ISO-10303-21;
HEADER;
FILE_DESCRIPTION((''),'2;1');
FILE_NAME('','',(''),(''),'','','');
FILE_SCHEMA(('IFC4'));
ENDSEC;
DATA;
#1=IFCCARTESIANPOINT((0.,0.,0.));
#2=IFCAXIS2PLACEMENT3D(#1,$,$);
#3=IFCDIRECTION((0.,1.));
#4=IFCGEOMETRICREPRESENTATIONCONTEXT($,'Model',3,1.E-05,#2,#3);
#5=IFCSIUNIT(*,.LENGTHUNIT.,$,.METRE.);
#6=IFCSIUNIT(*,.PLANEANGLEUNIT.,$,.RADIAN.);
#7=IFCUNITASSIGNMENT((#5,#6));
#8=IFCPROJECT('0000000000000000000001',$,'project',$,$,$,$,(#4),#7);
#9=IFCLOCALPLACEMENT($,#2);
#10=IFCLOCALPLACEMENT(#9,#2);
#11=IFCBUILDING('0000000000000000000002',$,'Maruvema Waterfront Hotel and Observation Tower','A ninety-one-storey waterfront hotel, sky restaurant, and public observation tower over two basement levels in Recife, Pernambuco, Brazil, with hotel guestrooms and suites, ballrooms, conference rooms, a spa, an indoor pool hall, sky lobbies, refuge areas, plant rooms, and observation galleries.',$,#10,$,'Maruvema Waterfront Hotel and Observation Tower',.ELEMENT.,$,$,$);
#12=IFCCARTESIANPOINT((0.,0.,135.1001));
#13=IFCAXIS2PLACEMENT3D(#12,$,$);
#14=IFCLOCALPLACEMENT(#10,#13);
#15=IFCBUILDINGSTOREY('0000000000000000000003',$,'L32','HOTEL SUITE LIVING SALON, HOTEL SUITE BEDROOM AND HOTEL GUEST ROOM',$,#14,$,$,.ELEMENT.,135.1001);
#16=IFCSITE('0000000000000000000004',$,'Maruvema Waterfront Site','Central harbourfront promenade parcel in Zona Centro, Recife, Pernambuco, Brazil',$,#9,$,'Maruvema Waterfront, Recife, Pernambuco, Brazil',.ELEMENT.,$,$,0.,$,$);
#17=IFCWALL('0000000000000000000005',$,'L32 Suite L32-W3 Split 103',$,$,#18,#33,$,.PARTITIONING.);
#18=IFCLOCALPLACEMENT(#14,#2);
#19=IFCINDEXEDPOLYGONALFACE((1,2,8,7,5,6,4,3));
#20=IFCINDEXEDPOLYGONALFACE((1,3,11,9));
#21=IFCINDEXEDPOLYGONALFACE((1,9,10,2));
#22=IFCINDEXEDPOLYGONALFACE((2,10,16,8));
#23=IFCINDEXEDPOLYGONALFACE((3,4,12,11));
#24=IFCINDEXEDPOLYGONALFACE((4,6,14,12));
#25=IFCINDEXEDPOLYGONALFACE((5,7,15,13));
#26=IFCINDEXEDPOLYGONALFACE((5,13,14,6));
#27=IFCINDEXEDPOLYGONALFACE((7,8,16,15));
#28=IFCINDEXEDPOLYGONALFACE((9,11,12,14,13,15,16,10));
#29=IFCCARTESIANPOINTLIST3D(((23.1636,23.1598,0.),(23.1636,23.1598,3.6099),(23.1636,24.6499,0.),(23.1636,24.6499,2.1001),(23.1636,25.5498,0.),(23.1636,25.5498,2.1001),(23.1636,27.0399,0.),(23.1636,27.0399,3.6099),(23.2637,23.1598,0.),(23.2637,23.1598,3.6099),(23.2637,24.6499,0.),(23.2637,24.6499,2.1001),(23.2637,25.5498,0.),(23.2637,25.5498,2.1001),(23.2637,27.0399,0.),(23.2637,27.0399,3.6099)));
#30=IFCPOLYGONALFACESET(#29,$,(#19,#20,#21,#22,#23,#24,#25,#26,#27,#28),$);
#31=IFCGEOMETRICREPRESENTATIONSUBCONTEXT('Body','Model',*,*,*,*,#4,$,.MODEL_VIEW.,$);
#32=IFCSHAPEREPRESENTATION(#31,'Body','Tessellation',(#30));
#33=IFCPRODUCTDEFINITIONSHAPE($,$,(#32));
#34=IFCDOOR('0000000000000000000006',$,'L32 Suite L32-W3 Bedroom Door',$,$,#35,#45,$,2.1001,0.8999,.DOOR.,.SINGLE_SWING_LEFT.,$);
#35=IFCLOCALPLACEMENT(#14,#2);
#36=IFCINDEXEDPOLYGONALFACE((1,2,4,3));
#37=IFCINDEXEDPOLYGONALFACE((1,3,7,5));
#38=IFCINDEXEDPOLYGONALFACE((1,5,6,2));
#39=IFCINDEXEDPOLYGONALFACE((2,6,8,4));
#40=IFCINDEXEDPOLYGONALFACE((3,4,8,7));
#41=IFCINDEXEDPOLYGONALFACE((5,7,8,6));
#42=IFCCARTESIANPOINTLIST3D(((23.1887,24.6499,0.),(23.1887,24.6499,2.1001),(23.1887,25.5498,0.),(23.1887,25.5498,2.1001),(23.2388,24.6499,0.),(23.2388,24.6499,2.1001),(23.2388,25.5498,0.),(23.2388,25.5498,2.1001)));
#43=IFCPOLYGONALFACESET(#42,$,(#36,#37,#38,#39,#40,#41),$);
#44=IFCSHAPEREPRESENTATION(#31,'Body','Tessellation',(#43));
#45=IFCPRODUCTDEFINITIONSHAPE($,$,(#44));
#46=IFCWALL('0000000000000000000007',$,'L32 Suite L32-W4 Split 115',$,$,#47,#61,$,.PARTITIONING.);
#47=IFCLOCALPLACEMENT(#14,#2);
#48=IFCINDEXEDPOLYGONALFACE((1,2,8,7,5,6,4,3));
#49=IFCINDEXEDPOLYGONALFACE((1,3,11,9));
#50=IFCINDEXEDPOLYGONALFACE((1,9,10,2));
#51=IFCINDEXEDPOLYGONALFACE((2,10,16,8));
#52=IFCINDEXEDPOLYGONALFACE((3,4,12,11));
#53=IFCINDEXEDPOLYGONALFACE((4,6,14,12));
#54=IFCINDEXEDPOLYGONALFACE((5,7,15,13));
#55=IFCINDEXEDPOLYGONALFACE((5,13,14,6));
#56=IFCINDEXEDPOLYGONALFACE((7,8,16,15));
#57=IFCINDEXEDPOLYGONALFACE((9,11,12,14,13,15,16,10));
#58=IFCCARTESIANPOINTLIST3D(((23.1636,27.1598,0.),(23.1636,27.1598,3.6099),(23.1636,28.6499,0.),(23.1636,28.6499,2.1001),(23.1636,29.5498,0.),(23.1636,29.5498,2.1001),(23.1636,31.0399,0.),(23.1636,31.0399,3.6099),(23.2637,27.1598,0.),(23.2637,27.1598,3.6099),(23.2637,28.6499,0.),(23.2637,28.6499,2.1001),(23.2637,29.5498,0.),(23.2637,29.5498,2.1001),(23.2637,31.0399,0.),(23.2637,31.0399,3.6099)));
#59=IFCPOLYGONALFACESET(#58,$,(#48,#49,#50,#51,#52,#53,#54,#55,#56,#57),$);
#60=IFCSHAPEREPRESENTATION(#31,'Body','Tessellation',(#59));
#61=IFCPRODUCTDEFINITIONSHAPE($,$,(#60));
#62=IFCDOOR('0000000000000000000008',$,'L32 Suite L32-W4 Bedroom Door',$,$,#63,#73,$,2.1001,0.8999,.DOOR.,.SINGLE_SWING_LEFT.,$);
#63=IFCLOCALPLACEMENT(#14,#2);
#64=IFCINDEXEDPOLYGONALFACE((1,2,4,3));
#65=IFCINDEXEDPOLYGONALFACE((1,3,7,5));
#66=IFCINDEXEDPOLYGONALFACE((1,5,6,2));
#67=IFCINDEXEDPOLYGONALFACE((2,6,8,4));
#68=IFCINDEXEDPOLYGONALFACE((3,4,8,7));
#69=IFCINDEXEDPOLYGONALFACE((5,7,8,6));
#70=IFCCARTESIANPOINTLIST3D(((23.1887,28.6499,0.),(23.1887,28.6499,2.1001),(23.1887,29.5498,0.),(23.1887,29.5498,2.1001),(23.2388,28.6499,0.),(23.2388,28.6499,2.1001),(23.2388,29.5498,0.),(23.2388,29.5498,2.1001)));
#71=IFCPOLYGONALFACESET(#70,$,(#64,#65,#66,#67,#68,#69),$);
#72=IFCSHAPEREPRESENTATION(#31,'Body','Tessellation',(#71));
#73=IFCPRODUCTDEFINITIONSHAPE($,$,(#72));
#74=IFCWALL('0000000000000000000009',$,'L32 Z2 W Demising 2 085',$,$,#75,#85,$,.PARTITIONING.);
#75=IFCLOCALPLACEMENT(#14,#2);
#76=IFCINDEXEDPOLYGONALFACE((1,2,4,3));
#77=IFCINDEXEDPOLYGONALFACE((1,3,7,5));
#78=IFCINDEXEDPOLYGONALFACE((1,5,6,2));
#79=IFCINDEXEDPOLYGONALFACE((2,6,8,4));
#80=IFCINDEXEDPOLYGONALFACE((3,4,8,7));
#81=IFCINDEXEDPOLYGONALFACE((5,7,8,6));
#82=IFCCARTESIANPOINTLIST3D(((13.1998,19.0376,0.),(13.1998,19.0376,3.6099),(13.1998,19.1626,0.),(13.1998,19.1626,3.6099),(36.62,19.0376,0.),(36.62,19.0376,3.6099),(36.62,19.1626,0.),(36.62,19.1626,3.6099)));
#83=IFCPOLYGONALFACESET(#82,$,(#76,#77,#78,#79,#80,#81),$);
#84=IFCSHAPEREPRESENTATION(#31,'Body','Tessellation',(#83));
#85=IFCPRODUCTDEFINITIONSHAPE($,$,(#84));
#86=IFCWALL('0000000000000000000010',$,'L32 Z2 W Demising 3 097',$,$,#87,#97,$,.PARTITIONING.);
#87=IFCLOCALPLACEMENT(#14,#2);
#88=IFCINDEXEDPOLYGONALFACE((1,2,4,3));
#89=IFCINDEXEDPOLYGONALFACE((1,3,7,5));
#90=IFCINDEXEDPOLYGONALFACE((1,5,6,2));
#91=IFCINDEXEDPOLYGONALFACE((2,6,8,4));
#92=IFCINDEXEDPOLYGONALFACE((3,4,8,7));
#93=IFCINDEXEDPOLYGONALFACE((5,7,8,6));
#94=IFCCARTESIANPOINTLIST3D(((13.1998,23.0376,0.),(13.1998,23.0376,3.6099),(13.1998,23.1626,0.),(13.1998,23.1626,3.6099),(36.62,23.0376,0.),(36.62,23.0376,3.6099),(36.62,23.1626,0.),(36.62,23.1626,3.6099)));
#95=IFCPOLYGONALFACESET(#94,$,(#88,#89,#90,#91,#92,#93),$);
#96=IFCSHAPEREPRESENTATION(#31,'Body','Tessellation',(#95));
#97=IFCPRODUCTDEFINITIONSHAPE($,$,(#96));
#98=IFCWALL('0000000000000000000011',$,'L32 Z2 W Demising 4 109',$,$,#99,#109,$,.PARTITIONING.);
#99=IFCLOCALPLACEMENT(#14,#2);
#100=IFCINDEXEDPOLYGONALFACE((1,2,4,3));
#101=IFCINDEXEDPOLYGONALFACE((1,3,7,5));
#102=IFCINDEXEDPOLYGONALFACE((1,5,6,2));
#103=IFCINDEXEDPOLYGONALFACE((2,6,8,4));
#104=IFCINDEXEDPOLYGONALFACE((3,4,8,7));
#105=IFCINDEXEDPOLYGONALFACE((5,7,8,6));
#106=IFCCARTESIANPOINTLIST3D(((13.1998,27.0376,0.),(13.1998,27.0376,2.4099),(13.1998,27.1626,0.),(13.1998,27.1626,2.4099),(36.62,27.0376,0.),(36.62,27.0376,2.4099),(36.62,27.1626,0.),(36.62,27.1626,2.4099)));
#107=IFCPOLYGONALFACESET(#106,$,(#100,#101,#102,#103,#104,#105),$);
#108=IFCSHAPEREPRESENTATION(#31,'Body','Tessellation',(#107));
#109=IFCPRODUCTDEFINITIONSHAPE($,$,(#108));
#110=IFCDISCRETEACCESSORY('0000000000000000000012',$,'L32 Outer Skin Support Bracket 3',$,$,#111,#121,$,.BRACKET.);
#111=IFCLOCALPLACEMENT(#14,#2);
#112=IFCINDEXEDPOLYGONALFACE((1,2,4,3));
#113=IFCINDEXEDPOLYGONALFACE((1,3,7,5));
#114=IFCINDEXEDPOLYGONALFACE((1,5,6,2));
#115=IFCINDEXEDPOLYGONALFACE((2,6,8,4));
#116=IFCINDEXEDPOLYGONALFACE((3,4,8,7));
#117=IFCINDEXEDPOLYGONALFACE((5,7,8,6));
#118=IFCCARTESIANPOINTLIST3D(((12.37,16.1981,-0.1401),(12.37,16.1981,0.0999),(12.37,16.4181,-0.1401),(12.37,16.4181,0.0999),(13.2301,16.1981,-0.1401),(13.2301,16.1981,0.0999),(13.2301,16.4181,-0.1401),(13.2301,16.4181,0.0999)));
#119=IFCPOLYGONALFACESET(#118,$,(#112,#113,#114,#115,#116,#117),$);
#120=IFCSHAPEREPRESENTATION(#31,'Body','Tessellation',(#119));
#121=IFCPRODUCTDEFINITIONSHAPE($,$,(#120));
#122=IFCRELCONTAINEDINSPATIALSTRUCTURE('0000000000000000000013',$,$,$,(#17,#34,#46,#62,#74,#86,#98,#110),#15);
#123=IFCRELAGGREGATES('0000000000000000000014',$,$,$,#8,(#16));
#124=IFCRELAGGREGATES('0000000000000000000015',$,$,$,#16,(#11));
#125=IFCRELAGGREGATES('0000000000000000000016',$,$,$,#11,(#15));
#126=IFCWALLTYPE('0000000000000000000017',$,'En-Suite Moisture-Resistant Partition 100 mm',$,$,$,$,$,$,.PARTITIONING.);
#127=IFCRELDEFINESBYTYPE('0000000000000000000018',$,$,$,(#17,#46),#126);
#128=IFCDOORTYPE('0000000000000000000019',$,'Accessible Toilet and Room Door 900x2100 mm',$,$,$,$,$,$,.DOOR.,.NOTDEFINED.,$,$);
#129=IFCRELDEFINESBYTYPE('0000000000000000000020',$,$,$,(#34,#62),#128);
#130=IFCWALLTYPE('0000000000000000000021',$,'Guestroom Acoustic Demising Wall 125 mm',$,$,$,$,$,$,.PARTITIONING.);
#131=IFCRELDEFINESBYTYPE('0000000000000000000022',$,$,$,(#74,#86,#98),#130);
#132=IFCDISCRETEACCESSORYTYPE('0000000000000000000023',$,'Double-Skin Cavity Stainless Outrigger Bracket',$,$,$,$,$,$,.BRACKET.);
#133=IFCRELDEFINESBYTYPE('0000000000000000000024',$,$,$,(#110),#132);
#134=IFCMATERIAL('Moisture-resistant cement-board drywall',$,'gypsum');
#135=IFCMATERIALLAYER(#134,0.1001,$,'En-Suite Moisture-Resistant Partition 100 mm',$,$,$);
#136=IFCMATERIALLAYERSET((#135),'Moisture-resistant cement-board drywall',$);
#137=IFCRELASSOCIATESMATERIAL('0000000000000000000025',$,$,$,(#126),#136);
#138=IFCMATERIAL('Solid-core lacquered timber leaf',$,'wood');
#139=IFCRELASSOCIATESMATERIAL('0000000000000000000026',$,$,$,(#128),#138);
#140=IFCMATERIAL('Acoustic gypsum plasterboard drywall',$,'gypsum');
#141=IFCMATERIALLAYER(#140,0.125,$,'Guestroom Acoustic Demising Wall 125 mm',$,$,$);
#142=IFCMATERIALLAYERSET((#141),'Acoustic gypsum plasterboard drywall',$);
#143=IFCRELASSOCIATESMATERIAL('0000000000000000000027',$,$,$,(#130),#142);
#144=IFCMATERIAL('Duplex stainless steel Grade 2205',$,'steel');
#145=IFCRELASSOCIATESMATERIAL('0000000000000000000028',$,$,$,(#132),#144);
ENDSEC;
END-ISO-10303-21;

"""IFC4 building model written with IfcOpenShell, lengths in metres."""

from ifc_helpers import new_model, si_unit, direction, frame, frame_2d, origin, origin_2d, place, context, subcontext, project, spatial, rectangle, extrude, material, layer, layer_set, type_object, element, fill, save


model = new_model("IFC4")

# Units and contexts
model_context = context("Model", 3, precision=1e-05, world=origin(), true_north=direction((0.0, 1.0)))
body_context = subcontext(model_context, "Body", "Model", "MODEL_VIEW")
ifc_project = project(units=[si_unit("LENGTHUNIT", "METRE"), si_unit("PLANEANGLEUNIT", "RADIAN")], contexts=[model_context])

# Site, building, storey
site_placement = place(None, origin())
site = spatial("IfcSite", under=ifc_project, at=site_placement, Name="Maruvema Waterfront Site", Description="Central harbourfront promenade parcel in Zona Centro, Recife, Pernambuco, Brazil", LongName="Maruvema Waterfront, Recife, Pernambuco, Brazil", CompositionType="ELEMENT", RefElevation=0.0)
building_placement = place(site_placement, origin())
building = spatial("IfcBuilding", under=site, at=building_placement, Name="Maruvema Waterfront Hotel and Observation Tower", Description="A ninety-one-storey waterfront hotel, sky restaurant, and public observation tower over two basement levels in Recife, Pernambuco, Brazil, with hotel guestrooms and suites, ballrooms, conference rooms, a spa, an indoor pool hall, sky lobbies, refuge areas, plant rooms, and observation galleries.", LongName="Maruvema Waterfront Hotel and Observation Tower", CompositionType="ELEMENT")
storey_placement = place(building_placement, frame((0.0, 0.0, 135.1001)))
storey = spatial("IfcBuildingStorey", under=building, at=storey_placement, Name="L32", Description="HOTEL SUITE LIVING SALON, HOTEL SUITE BEDROOM AND HOTEL GUEST ROOM", CompositionType="ELEMENT", Elevation=135.1001)

# Walls, openings, doors
ifc_material_1 = material(Name="Moisture-resistant cement-board drywall", Category="gypsum")
ifc_layer_1 = layer(ifc_material_1, 0.1001, Name="En-Suite Moisture-Resistant Partition 100 mm")
ifc_layer_set_1 = layer_set([ifc_layer_1], Name="Moisture-resistant cement-board drywall")
wall_type_1 = type_object("IfcWallType", Name="En-Suite Moisture-Resistant Partition 100 mm", PredefinedType="PARTITIONING", material=ifc_layer_set_1)
ifc_material_2 = material(Name="Solid-core lacquered timber leaf", Category="wood")
door_type = type_object("IfcDoorType", Name="Accessible Toilet and Room Door 900x2100 mm", OperationType="NOTDEFINED", PredefinedType="DOOR", material=ifc_material_2)
wall_1_placement = place(storey_placement, frame((23.2136, 23.1599, 0.0), z_axis=(0.0, 0.0, 1.0), x_axis=(0.0, 1.0, 0.0)))
wall_1 = element("IfcWall", 1, at=wall_1_placement, inside=storey, type_object=wall_type_1, Name="L32 Suite L32-W3 Split 103", PredefinedType="PARTITIONING", context=body_context, shape_type="SweptSolid", body=[
    extrude(rectangle(XDim=3.8801, YDim=0.1001, at=frame_2d((1.9399, 0.0))), origin(), (0.0, 0.0, 1.0), 3.6099),
])
opening_1_placement = place(wall_1_placement, frame((1.49, 0.0, 0.0)))
opening_1 = element("IfcOpeningElement", 2, at=opening_1_placement, cuts=wall_1, PredefinedType="OPENING", context=body_context, shape_type="SweptSolid", body=[
    extrude(rectangle(XDim=0.8999, YDim=2.1001, at=frame_2d((0.45, 1.05))), frame((0.0, 0.0601, 0.0), z_axis=(0.0, -1.0, 0.0), x_axis=(1.0, 0.0, 0.0)), (0.0, 0.0, 1.0), 0.1201),
])
door_1_placement = place(opening_1_placement, origin())
door_1 = element("IfcDoor", 3, at=door_1_placement, inside=storey, type_object=door_type, Name="L32 Suite L32-W3 Bedroom Door", OperationType="SINGLE_SWING_LEFT", OverallHeight=2.1001, OverallWidth=0.8999, PredefinedType="DOOR", context=body_context, shape_type="SweptSolid", body=[
    extrude(rectangle(XDim=0.8999, YDim=2.1001, at=frame_2d((0.45, 1.05))), frame((0.0, 0.0249, 0.0), z_axis=(0.0, -1.0, 0.0), x_axis=(1.0, 0.0, 0.0)), (0.0, 0.0, 1.0), 0.05),
])
fill(opening_1, door_1)
wall_2_placement = place(storey_placement, frame((23.2136, 27.1599, 0.0), z_axis=(0.0, 0.0, 1.0), x_axis=(0.0, 1.0, 0.0)))
wall_2 = element("IfcWall", 4, at=wall_2_placement, inside=storey, type_object=wall_type_1, Name="L32 Suite L32-W4 Split 115", PredefinedType="PARTITIONING", context=body_context, shape_type="SweptSolid", body=[
    extrude(rectangle(XDim=3.8801, YDim=0.1001, at=frame_2d((1.9399, 0.0))), origin(), (0.0, 0.0, 1.0), 3.6099),
])
opening_2_placement = place(wall_2_placement, frame((1.49, 0.0, 0.0)))
opening_2 = element("IfcOpeningElement", 5, at=opening_2_placement, cuts=wall_2, PredefinedType="OPENING", context=body_context, shape_type="SweptSolid", body=[
    extrude(rectangle(XDim=0.8999, YDim=2.1001, at=frame_2d((0.45, 1.05))), frame((0.0, 0.0601, 0.0), z_axis=(0.0, -1.0, 0.0), x_axis=(1.0, 0.0, 0.0)), (0.0, 0.0, 1.0), 0.1201),
])
door_2_placement = place(opening_2_placement, origin())
door_2 = element("IfcDoor", 6, at=door_2_placement, inside=storey, type_object=door_type, Name="L32 Suite L32-W4 Bedroom Door", OperationType="SINGLE_SWING_LEFT", OverallHeight=2.1001, OverallWidth=0.8999, PredefinedType="DOOR", context=body_context, shape_type="SweptSolid", body=[
    extrude(rectangle(XDim=0.8999, YDim=2.1001, at=frame_2d((0.45, 1.05))), frame((0.0, 0.0249, 0.0), z_axis=(0.0, -1.0, 0.0), x_axis=(1.0, 0.0, 0.0)), (0.0, 0.0, 1.0), 0.05),
])
fill(opening_2, door_2)

# Walls
ifc_material_3 = material(Name="Acoustic gypsum plasterboard drywall", Category="gypsum")
ifc_layer_2 = layer(ifc_material_3, 0.125, Name="Guestroom Acoustic Demising Wall 125 mm")
ifc_layer_set_2 = layer_set([ifc_layer_2], Name="Acoustic gypsum plasterboard drywall")
wall_type_2 = type_object("IfcWallType", Name="Guestroom Acoustic Demising Wall 125 mm", PredefinedType="PARTITIONING", material=ifc_layer_set_2)
for number, where, z_axis, x_axis, name in (
    (7, (13.2, 19.1001, 0.0), (0.0, 0.0, 1.0), (1.0, 0.0, 0.0), "L32 Z2 W Demising 2 085"),
    (8, (13.2, 23.1001, 0.0), (0.0, 0.0, 1.0), (1.0, 0.0, 0.0), "L32 Z2 W Demising 3 097"),
):
    element("IfcWall", number, at=place(storey_placement, frame(where, z_axis=z_axis, x_axis=x_axis)), inside=storey, type_object=wall_type_2, Name=name, PredefinedType="PARTITIONING", context=body_context, shape_type="SweptSolid", body=[
        extrude(rectangle(XDim=23.4202, YDim=0.125, at=frame_2d((11.71, 0.0))), origin(), (0.0, 0.0, 1.0), 3.6099),
    ])
wall_3_placement = place(storey_placement, frame((13.2, 27.1001, 0.0), z_axis=(0.0, 0.0, 1.0), x_axis=(1.0, 0.0, 0.0)))
element("IfcWall", 9, at=wall_3_placement, inside=storey, type_object=wall_type_2, Name="L32 Z2 W Demising 4 109", PredefinedType="PARTITIONING", context=body_context, shape_type="SweptSolid", body=[
    extrude(rectangle(XDim=23.4202, YDim=0.125, at=frame_2d((11.71, 0.0))), origin(), (0.0, 0.0, 1.0), 2.4099),
])

# Discrete accessory
ifc_material_4 = material(Name="Duplex stainless steel Grade 2205", Category="steel")
discrete_accessory_type = type_object("IfcDiscreteAccessoryType", Name="Double-Skin Cavity Stainless Outrigger Bracket", PredefinedType="BRACKET", material=ifc_material_4)
discrete_accessory_placement = place(storey_placement, frame((12.8, 16.3081, -0.1401), z_axis=(0.0, 0.0, 1.0), x_axis=(0.0, -1.0, 0.0)))
element("IfcDiscreteAccessory", 10, at=discrete_accessory_placement, inside=storey, type_object=discrete_accessory_type, Name="L32 Outer Skin Support Bracket 3", PredefinedType="BRACKET", context=body_context, shape_type="SweptSolid", body=[
    extrude(rectangle(XDim=0.22, YDim=0.8601, at=origin_2d()), origin(), (0.0, 0.0, 1.0), 0.24),
])

save(model, "model.ifc")
